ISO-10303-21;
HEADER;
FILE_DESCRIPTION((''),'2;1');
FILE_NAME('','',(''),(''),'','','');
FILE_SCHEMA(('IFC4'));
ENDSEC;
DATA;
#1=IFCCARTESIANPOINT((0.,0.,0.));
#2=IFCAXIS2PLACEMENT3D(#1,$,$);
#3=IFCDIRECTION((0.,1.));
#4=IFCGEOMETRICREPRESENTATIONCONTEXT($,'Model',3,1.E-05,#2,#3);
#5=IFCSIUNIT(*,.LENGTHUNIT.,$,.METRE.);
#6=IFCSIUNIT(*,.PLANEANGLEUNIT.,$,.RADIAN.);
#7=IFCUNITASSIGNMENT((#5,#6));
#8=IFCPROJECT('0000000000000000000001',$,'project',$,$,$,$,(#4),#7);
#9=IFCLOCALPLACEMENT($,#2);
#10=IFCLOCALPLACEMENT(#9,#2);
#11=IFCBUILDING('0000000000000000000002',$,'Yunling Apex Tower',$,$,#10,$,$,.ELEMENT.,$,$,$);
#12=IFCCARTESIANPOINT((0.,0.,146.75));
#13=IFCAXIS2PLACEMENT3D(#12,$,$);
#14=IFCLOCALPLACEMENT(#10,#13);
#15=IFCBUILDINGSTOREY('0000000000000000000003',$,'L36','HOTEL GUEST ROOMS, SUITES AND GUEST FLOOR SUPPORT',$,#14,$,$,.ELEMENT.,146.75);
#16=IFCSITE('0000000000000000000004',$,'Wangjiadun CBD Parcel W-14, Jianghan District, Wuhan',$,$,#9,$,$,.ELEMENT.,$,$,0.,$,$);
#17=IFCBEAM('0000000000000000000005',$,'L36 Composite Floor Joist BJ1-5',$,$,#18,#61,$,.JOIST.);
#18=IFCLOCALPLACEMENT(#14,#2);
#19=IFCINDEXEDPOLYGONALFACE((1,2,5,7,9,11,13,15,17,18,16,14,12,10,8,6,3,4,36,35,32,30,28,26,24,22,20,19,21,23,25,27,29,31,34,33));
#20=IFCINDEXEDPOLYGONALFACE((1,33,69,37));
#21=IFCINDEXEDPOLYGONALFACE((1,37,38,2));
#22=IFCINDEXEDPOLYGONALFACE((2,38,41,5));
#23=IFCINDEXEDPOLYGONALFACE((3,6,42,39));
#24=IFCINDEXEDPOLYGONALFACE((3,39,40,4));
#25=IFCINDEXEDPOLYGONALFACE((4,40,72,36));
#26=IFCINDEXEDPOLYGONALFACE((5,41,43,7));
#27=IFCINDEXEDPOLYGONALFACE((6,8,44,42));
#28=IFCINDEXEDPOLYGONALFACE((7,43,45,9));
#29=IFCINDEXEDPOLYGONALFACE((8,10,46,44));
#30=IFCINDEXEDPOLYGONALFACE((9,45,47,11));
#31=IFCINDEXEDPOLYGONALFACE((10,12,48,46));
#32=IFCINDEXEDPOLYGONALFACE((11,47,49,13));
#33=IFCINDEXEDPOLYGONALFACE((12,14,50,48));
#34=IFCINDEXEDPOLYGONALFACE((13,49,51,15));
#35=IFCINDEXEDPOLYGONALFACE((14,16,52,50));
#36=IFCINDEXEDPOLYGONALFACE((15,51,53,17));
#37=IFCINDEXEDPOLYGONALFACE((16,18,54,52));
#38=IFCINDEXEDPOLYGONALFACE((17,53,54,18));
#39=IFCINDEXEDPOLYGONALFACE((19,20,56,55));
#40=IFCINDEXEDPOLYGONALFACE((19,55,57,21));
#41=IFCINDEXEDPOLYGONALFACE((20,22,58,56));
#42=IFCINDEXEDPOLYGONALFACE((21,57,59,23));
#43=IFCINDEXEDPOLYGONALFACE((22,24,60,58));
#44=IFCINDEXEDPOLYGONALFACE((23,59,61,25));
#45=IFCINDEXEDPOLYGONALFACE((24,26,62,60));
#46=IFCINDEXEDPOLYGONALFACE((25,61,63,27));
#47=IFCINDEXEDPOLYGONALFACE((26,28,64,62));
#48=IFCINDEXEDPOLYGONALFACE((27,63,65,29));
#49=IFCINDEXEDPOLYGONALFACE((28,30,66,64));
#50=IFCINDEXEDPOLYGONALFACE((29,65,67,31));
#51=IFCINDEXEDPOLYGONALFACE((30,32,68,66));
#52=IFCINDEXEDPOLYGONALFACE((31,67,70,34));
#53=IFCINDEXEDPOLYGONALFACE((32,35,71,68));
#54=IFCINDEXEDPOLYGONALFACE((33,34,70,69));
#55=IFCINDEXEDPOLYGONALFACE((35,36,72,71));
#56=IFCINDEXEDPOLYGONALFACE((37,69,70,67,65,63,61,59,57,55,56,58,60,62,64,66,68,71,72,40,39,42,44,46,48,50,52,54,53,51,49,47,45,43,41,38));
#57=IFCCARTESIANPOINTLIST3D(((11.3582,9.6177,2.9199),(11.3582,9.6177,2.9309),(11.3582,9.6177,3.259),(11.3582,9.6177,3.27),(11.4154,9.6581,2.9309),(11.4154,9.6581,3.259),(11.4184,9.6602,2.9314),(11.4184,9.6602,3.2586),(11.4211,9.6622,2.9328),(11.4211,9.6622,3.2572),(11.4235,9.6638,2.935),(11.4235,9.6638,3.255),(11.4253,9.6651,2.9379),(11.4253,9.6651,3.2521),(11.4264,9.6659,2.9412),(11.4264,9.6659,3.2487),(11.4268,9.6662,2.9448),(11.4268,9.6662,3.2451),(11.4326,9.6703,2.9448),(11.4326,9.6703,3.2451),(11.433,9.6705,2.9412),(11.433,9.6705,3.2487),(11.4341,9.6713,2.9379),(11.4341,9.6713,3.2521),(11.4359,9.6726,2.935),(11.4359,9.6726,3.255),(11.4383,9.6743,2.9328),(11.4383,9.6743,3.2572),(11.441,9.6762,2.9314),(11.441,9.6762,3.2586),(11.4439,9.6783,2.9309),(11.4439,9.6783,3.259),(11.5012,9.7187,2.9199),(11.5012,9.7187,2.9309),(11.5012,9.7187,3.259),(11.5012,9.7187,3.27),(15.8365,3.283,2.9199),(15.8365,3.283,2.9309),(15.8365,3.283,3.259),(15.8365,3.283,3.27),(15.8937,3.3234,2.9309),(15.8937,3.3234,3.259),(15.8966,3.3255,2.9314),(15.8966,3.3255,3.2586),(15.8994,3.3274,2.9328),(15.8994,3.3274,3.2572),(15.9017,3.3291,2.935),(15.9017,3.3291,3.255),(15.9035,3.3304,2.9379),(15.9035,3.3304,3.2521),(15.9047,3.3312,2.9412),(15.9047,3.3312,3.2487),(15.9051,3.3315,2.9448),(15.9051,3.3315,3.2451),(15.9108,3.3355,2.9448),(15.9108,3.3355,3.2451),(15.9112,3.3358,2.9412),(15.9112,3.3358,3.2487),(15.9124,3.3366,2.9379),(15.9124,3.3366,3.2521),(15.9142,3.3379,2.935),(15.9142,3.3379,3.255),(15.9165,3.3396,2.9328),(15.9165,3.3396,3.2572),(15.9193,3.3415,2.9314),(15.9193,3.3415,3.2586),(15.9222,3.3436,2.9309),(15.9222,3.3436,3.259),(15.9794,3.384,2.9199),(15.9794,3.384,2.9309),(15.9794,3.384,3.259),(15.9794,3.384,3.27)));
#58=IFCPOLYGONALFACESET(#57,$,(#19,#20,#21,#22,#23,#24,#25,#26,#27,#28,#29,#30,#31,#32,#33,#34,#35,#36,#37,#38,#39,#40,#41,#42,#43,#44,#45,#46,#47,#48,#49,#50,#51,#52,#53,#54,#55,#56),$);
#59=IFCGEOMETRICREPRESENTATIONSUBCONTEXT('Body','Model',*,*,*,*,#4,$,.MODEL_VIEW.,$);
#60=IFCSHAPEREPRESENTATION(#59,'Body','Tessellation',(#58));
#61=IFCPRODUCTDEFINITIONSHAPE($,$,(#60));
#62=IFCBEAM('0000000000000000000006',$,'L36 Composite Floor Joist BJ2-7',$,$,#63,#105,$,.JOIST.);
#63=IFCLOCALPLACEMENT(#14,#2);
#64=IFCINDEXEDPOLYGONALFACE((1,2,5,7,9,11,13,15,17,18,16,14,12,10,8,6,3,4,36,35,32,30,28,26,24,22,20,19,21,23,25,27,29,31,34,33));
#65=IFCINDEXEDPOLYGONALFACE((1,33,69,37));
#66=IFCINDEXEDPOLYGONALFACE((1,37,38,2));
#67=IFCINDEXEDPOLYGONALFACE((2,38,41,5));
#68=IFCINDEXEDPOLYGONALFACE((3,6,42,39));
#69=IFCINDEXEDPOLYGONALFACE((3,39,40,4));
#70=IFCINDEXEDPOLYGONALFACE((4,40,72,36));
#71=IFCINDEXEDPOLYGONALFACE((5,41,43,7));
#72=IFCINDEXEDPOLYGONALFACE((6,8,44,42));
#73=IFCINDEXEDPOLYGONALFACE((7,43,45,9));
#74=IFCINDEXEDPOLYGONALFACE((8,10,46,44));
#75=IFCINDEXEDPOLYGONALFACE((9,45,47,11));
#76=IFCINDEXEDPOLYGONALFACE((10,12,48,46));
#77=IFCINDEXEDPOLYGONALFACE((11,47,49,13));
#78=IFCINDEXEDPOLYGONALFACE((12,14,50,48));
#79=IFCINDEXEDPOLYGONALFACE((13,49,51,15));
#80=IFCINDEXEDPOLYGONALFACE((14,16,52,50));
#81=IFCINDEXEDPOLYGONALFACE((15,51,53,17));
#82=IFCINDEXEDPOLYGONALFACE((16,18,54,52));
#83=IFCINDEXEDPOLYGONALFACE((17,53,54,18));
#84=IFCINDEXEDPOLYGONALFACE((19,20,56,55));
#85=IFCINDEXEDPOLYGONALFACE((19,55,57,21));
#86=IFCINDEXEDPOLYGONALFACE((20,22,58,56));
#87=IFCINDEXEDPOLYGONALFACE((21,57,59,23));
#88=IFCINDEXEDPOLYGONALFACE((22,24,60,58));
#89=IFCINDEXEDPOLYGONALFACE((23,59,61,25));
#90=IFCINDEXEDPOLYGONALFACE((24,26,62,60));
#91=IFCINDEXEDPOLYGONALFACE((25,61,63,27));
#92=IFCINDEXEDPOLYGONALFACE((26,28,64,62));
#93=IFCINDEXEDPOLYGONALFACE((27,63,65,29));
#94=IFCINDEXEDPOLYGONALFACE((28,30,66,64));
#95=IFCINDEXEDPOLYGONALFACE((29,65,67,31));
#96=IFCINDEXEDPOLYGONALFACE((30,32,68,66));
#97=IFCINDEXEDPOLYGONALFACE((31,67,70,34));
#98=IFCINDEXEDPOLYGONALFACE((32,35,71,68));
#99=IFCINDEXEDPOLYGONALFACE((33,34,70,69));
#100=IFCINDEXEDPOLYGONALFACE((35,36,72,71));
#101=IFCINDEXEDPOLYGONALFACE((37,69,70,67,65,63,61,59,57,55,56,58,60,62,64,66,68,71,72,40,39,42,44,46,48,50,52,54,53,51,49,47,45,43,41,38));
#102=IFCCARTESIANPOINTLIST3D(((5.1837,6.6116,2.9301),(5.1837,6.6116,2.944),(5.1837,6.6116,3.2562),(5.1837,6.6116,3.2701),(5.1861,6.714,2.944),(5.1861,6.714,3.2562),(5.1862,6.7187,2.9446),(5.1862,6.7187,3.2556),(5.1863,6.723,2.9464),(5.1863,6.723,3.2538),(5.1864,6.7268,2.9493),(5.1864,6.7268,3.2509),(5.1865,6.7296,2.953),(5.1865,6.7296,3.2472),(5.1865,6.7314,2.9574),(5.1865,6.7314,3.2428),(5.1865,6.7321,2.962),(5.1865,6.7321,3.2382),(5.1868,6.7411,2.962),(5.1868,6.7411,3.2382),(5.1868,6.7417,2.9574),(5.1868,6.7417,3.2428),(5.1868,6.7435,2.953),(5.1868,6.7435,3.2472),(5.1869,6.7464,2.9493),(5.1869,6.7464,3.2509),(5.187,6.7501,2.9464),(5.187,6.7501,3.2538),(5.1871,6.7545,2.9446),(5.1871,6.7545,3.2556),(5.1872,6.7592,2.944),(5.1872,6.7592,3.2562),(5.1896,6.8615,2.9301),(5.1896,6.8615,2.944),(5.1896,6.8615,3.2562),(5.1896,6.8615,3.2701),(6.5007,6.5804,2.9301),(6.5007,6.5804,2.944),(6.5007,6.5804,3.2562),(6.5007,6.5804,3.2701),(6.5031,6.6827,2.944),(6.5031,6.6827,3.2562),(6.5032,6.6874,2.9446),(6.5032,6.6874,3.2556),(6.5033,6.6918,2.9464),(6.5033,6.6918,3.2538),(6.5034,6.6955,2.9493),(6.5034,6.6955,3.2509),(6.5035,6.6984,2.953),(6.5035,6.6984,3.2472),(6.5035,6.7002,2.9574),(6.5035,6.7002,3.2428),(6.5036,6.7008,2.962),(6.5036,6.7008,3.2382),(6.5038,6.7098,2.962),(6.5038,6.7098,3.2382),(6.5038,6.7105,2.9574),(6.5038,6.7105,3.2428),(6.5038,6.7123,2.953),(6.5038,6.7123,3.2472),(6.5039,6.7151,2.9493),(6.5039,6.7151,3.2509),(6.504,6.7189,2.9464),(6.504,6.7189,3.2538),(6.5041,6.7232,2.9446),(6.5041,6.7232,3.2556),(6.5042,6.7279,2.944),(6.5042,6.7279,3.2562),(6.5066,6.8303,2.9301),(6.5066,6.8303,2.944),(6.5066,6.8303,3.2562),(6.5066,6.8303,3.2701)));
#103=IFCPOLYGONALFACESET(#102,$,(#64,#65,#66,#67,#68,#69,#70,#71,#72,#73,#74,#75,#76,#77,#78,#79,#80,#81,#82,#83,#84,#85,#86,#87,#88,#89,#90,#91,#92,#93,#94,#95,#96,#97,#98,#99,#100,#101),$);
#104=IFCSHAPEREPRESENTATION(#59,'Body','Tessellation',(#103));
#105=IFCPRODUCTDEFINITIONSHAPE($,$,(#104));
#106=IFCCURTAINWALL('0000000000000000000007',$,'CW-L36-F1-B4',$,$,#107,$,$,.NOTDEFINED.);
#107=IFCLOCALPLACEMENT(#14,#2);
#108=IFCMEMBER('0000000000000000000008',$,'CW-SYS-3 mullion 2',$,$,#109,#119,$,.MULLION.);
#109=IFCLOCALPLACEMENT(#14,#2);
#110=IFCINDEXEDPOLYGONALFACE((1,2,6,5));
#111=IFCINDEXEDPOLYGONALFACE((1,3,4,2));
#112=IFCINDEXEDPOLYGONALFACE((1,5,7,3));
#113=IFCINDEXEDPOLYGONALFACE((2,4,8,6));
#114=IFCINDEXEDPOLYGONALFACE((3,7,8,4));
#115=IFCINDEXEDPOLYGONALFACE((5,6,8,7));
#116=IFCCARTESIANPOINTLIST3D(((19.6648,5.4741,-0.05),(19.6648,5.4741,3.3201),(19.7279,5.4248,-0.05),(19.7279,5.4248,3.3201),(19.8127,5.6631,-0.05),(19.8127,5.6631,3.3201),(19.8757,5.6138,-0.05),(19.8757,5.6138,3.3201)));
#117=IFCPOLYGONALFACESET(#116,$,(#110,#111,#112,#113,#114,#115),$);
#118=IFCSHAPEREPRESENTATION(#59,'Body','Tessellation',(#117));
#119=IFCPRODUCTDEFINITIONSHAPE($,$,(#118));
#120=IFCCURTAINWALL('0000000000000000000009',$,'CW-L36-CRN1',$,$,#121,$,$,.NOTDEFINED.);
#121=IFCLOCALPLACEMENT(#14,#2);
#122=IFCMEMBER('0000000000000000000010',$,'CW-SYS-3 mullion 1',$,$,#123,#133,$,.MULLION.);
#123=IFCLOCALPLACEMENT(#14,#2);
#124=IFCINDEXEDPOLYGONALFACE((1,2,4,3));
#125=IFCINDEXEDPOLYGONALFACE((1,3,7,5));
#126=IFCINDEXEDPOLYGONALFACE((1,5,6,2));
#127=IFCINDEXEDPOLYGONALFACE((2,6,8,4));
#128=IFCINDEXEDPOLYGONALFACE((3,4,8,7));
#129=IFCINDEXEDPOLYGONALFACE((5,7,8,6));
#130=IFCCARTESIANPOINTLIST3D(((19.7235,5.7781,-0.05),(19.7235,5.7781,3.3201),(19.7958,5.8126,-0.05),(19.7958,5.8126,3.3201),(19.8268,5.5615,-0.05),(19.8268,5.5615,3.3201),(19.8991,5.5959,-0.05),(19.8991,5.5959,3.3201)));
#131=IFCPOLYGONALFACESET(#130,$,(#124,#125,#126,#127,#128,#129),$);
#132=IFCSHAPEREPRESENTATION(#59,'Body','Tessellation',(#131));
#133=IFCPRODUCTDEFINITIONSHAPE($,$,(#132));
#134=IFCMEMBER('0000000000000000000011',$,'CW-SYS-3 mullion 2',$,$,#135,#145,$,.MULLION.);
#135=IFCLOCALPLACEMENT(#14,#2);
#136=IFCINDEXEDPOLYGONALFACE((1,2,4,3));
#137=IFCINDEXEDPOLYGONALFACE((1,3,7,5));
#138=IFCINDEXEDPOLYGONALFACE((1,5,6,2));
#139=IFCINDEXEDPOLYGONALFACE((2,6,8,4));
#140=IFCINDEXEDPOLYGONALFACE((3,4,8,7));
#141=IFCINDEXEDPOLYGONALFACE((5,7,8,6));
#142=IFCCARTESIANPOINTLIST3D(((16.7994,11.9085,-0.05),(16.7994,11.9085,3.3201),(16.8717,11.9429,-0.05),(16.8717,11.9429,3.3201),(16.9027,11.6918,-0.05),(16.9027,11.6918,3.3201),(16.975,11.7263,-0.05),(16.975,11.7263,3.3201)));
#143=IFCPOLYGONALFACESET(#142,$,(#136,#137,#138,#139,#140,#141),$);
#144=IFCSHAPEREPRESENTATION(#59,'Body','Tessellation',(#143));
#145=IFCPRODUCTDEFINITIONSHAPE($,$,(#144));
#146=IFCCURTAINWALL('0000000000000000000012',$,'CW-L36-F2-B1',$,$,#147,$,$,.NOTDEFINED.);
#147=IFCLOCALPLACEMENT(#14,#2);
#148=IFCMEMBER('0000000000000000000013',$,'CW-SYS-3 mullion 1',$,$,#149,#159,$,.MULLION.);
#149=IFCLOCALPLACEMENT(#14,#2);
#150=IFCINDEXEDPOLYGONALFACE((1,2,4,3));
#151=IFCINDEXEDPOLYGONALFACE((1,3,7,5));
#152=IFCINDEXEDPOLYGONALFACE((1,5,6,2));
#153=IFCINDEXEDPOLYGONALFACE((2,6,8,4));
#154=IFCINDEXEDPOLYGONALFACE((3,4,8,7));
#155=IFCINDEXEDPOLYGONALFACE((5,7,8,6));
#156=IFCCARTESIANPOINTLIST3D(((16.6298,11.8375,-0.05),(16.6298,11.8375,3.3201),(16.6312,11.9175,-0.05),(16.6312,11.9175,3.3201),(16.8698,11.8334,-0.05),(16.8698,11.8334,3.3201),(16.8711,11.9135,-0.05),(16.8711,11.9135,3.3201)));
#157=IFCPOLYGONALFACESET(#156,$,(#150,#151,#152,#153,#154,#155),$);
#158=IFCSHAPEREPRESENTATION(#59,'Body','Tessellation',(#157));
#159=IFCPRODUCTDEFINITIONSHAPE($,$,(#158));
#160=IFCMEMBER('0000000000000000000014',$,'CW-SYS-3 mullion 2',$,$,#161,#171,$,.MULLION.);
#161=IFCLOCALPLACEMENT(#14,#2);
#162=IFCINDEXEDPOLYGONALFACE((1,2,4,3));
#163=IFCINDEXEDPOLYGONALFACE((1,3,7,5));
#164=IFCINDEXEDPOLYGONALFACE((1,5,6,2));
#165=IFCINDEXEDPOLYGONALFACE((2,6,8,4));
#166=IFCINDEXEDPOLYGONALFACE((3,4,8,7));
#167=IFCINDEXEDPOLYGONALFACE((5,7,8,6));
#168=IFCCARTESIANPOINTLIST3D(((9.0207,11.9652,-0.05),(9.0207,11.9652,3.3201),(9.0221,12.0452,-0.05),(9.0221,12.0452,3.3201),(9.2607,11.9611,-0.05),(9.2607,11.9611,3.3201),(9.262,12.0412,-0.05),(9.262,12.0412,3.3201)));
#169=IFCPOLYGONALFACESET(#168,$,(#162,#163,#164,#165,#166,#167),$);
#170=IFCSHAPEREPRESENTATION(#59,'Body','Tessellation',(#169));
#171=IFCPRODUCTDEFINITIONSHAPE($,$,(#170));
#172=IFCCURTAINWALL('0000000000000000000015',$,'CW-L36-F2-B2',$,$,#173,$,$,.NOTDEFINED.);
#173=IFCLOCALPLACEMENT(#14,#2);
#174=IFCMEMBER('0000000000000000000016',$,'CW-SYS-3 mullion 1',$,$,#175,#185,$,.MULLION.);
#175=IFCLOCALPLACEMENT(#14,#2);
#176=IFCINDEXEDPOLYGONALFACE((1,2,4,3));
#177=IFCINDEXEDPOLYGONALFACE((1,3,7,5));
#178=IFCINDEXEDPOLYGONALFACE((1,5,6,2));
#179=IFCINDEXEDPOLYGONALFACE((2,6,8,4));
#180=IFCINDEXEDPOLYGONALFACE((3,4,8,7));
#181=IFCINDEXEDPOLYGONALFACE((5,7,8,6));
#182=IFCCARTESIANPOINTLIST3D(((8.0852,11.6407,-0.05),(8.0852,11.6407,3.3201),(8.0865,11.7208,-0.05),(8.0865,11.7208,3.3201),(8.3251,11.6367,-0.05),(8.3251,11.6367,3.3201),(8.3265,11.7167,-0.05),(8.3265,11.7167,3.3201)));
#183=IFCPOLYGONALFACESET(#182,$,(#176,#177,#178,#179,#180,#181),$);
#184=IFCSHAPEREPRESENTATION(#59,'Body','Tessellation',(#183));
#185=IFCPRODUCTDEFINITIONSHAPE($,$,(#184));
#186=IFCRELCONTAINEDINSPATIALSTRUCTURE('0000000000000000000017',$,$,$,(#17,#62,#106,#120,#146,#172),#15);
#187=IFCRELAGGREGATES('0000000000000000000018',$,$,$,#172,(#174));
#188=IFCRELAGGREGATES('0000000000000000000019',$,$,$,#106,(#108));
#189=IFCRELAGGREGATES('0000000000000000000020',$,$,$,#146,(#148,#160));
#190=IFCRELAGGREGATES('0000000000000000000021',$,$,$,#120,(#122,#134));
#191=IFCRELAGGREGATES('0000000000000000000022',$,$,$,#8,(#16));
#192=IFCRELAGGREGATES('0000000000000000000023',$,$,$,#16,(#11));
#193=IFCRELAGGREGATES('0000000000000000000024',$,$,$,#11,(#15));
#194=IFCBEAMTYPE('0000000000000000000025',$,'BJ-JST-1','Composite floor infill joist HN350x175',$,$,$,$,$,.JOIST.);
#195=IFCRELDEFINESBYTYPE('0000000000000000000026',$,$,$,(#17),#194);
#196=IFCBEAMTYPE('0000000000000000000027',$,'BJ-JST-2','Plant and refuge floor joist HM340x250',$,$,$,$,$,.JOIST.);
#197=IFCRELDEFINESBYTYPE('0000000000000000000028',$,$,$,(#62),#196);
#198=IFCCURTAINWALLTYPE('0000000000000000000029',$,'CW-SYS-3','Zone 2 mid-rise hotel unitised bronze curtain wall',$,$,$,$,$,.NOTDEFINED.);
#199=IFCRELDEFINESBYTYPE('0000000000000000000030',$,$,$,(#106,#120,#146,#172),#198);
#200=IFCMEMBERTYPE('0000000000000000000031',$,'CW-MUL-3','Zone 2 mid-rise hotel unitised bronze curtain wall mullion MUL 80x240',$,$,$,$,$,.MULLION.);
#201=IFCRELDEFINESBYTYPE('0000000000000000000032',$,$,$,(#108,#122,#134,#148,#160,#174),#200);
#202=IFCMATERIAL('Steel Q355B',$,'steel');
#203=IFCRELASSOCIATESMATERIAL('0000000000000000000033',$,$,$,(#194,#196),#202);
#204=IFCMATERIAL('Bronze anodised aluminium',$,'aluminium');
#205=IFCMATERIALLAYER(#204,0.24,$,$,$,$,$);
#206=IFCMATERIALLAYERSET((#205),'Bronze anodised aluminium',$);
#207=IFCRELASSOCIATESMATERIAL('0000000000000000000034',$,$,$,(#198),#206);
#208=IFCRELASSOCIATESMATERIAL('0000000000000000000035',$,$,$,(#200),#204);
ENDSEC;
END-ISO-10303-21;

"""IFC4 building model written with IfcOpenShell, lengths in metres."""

from ifc_helpers import new_model, si_unit, direction, frame, origin, origin_2d, place, context, subcontext, project, spatial, rectangle, i_section, extrude, source, transform, mapped, material, layer, layer_set, material_profile, profile_set, type_object, element, aggregate, save


model = new_model("IFC4")

# Units and contexts
model_context = context("Model", 3, precision=1e-05, world=origin(), true_north=direction((0.0, 1.0)))
body_context = subcontext(model_context, "Body", "Model", "MODEL_VIEW")
ifc_project = project(units=[si_unit("LENGTHUNIT", "METRE"), si_unit("PLANEANGLEUNIT", "RADIAN")], contexts=[model_context])

# Site, building, storey
site_placement = place(None, origin())
site = spatial("IfcSite", under=ifc_project, at=site_placement, Name="Wangjiadun CBD Parcel W-14, Jianghan District, Wuhan", CompositionType="ELEMENT", RefElevation=0.0)
building_placement = place(site_placement, origin())
building = spatial("IfcBuilding", under=site, at=building_placement, Name="Yunling Apex Tower", CompositionType="ELEMENT")
storey_placement = place(building_placement, frame((0.0, 0.0, 146.75)))
storey = spatial("IfcBuildingStorey", under=building, at=storey_placement, Name="L36", Description="HOTEL GUEST ROOMS, SUITES AND GUEST FLOOR SUPPORT", CompositionType="ELEMENT", Elevation=146.75)

# Beams
ifc_material_1 = material(Name="Steel Q355B", Category="steel")
ifc_material_profile_1 = material_profile(ifc_material_1, i_section(OverallWidth=0.175, OverallDepth=0.3501, WebThickness=0.0071, FlangeThickness=0.011, FilletRadius=0.0139, at=origin_2d()))
ifc_profile_set_1 = profile_set([ifc_material_profile_1], Name="Steel Q355B")
beam_type_1 = type_object("IfcBeamType", Name="BJ-JST-1", Description="Composite floor infill joist HN350x175", PredefinedType="JOIST", material=ifc_profile_set_1)
shared_shape_1 = source(origin(), body_context, "Body", "SweptSolid", [
    extrude(i_section(OverallWidth=0.175, OverallDepth=0.3501, WebThickness=0.0071, FlangeThickness=0.011, FilletRadius=0.0139, at=origin_2d()), origin(), (0.0, 0.0, 1.0), 7.7578),
])
beam_1_placement = place(storey_placement, frame((15.908, 3.3335, 3.095), z_axis=(-0.57726, 0.81656, 0.0), x_axis=(-0.81656, -0.57726, 0.0)))
element("IfcBeam", 1, at=beam_1_placement, inside=storey, type_object=beam_type_1, Name="L36 Composite Floor Joist BJ1-5", PredefinedType="JOIST", context=body_context, shape_type="MappedRepresentation", body=[
    mapped(shared_shape_1, transform((0.0, 0.0, 0.0), scale=1.0)),
])
ifc_material_profile_2 = material_profile(ifc_material_1, i_section(OverallWidth=0.25, OverallDepth=0.3401, WebThickness=0.009, FlangeThickness=0.0139, FilletRadius=0.0181, at=origin_2d()))
ifc_profile_set_2 = profile_set([ifc_material_profile_2], Name="Steel Q355B")
beam_type_2 = type_object("IfcBeamType", Name="BJ-JST-2", Description="Plant and refuge floor joist HM340x250", PredefinedType="JOIST", material=ifc_profile_set_2)
shared_shape_2 = source(origin(), body_context, "Body", "SweptSolid", [
    extrude(i_section(OverallWidth=0.25, OverallDepth=0.3401, WebThickness=0.009, FlangeThickness=0.0139, FilletRadius=0.0181, at=origin_2d()), origin(), (0.0, 0.0, 1.0), 1.3174),
])
beam_2_placement = place(storey_placement, frame((6.5037, 6.7053, 3.1001), z_axis=(-0.999719, 0.023723, 0.0), x_axis=(-0.023723, -0.999719, 0.0)))
element("IfcBeam", 2, at=beam_2_placement, inside=storey, type_object=beam_type_2, Name="L36 Composite Floor Joist BJ2-7", PredefinedType="JOIST", context=body_context, shape_type="MappedRepresentation", body=[
    mapped(shared_shape_2, transform((0.0, 0.0, 0.0), scale=1.0)),
])

# Curtain wall, member
ifc_material_2 = material(Name="Bronze anodised aluminium", Category="aluminium")
ifc_layer_1 = layer(ifc_material_2, 0.24)
ifc_layer_set_1 = layer_set([ifc_layer_1], Name="Bronze anodised aluminium")
curtain_wall_type = type_object("IfcCurtainWallType", Name="CW-SYS-3", Description="Zone 2 mid-rise hotel unitised bronze curtain wall", PredefinedType="NOTDEFINED", material=ifc_layer_set_1)
curtain_wall_1_placement = place(storey_placement, origin())
curtain_wall_1 = element("IfcCurtainWall", 3, at=curtain_wall_1_placement, inside=storey, type_object=curtain_wall_type, Name="CW-L36-F1-B4", PredefinedType="NOTDEFINED")
ifc_material_profile_3 = material_profile(ifc_material_2, rectangle(XDim=0.0801, YDim=0.24, at=origin_2d()))
ifc_profile_set_3 = profile_set([ifc_material_profile_3], Name="Bronze anodised aluminium")
member_type_1 = type_object("IfcMemberType", Name="CW-MUL-3", Description="Zone 2 mid-rise hotel unitised bronze curtain wall mullion MUL 80x240", PredefinedType="MULLION", material=ifc_profile_set_3)
shared_shape_3 = source(origin(), body_context, "Body", "SweptSolid", [
    extrude(rectangle(XDim=0.0801, YDim=0.24, at=origin_2d()), origin(), (0.0, 0.0, 1.0), 3.3701),
])
member_1_placement = place(storey_placement, frame((19.7703, 5.5439, -0.05), z_axis=(0.0, 0.0, 1.0), x_axis=(-0.787584, 0.616208, 0.0)))
member_1 = element("IfcMember", 4, at=member_1_placement, type_object=member_type_1, Name="CW-SYS-3 mullion 2", PredefinedType="MULLION", context=body_context, shape_type="MappedRepresentation", body=[
    mapped(shared_shape_3, transform((0.0, 0.0, 0.0), scale=1.0)),
])

# Curtain walls, members
curtain_wall_2_placement = place(storey_placement, origin())
curtain_wall_2 = element("IfcCurtainWall", 5, at=curtain_wall_2_placement, inside=storey, type_object=curtain_wall_type, Name="CW-L36-CRN1", PredefinedType="NOTDEFINED")
member_2_placement = place(storey_placement, frame((19.8113, 5.687, -0.05), z_axis=(0.0, 0.0, 1.0), x_axis=(-0.902582, -0.430519, 0.0)))
member_2 = element("IfcMember", 6, at=member_2_placement, type_object=member_type_1, Name="CW-SYS-3 mullion 1", PredefinedType="MULLION", context=body_context, shape_type="MappedRepresentation", body=[
    mapped(shared_shape_3, transform((0.0, 0.0, 0.0), scale=1.0)),
])
member_3_placement = place(storey_placement, frame((16.8872, 11.8174, -0.05), z_axis=(0.0, 0.0, 1.0), x_axis=(-0.902582, -0.430519, 0.0)))
member_3 = element("IfcMember", 7, at=member_3_placement, type_object=member_type_1, Name="CW-SYS-3 mullion 2", PredefinedType="MULLION", context=body_context, shape_type="MappedRepresentation", body=[
    mapped(shared_shape_3, transform((0.0, 0.0, 0.0), scale=1.0)),
])
curtain_wall_3_placement = place(storey_placement, origin())
curtain_wall_3 = element("IfcCurtainWall", 8, at=curtain_wall_3_placement, inside=storey, type_object=curtain_wall_type, Name="CW-L36-F2-B1", PredefinedType="NOTDEFINED")
member_4_placement = place(storey_placement, frame((16.7505, 11.8755, -0.05), z_axis=(0.0, 0.0, 1.0), x_axis=(-0.016762, -0.99986, 0.0)))
member_4 = element("IfcMember", 9, at=member_4_placement, type_object=member_type_1, Name="CW-SYS-3 mullion 1", PredefinedType="MULLION", context=body_context, shape_type="MappedRepresentation", body=[
    mapped(shared_shape_3, transform((0.0, 0.0, 0.0), scale=1.0)),
])
member_5_placement = place(storey_placement, frame((9.1414, 12.0032, -0.05), z_axis=(0.0, 0.0, 1.0), x_axis=(-0.016762, -0.99986, 0.0)))
member_5 = element("IfcMember", 10, at=member_5_placement, type_object=member_type_1, Name="CW-SYS-3 mullion 2", PredefinedType="MULLION", context=body_context, shape_type="MappedRepresentation", body=[
    mapped(shared_shape_3, transform((0.0, 0.0, 0.0), scale=1.0)),
])

# Curtain wall, member
curtain_wall_4_placement = place(storey_placement, origin())
curtain_wall_4 = element("IfcCurtainWall", 11, at=curtain_wall_4_placement, inside=storey, type_object=curtain_wall_type, Name="CW-L36-F2-B2", PredefinedType="NOTDEFINED")
member_6_placement = place(storey_placement, frame((8.2058, 11.6787, -0.05), z_axis=(0.0, 0.0, 1.0), x_axis=(-0.016767, -0.999859, 0.0)))
member_6 = element("IfcMember", 12, at=member_6_placement, type_object=member_type_1, Name="CW-SYS-3 mullion 1", PredefinedType="MULLION", context=body_context, shape_type="MappedRepresentation", body=[
    mapped(shared_shape_3, transform((0.0, 0.0, 0.0), scale=1.0)),
])

aggregate(curtain_wall_4, [member_6])

aggregate(curtain_wall_1, [member_1])
aggregate(curtain_wall_3, [member_4, member_5])
aggregate(curtain_wall_2, [member_2, member_3])

save(model, "model.ifc")
